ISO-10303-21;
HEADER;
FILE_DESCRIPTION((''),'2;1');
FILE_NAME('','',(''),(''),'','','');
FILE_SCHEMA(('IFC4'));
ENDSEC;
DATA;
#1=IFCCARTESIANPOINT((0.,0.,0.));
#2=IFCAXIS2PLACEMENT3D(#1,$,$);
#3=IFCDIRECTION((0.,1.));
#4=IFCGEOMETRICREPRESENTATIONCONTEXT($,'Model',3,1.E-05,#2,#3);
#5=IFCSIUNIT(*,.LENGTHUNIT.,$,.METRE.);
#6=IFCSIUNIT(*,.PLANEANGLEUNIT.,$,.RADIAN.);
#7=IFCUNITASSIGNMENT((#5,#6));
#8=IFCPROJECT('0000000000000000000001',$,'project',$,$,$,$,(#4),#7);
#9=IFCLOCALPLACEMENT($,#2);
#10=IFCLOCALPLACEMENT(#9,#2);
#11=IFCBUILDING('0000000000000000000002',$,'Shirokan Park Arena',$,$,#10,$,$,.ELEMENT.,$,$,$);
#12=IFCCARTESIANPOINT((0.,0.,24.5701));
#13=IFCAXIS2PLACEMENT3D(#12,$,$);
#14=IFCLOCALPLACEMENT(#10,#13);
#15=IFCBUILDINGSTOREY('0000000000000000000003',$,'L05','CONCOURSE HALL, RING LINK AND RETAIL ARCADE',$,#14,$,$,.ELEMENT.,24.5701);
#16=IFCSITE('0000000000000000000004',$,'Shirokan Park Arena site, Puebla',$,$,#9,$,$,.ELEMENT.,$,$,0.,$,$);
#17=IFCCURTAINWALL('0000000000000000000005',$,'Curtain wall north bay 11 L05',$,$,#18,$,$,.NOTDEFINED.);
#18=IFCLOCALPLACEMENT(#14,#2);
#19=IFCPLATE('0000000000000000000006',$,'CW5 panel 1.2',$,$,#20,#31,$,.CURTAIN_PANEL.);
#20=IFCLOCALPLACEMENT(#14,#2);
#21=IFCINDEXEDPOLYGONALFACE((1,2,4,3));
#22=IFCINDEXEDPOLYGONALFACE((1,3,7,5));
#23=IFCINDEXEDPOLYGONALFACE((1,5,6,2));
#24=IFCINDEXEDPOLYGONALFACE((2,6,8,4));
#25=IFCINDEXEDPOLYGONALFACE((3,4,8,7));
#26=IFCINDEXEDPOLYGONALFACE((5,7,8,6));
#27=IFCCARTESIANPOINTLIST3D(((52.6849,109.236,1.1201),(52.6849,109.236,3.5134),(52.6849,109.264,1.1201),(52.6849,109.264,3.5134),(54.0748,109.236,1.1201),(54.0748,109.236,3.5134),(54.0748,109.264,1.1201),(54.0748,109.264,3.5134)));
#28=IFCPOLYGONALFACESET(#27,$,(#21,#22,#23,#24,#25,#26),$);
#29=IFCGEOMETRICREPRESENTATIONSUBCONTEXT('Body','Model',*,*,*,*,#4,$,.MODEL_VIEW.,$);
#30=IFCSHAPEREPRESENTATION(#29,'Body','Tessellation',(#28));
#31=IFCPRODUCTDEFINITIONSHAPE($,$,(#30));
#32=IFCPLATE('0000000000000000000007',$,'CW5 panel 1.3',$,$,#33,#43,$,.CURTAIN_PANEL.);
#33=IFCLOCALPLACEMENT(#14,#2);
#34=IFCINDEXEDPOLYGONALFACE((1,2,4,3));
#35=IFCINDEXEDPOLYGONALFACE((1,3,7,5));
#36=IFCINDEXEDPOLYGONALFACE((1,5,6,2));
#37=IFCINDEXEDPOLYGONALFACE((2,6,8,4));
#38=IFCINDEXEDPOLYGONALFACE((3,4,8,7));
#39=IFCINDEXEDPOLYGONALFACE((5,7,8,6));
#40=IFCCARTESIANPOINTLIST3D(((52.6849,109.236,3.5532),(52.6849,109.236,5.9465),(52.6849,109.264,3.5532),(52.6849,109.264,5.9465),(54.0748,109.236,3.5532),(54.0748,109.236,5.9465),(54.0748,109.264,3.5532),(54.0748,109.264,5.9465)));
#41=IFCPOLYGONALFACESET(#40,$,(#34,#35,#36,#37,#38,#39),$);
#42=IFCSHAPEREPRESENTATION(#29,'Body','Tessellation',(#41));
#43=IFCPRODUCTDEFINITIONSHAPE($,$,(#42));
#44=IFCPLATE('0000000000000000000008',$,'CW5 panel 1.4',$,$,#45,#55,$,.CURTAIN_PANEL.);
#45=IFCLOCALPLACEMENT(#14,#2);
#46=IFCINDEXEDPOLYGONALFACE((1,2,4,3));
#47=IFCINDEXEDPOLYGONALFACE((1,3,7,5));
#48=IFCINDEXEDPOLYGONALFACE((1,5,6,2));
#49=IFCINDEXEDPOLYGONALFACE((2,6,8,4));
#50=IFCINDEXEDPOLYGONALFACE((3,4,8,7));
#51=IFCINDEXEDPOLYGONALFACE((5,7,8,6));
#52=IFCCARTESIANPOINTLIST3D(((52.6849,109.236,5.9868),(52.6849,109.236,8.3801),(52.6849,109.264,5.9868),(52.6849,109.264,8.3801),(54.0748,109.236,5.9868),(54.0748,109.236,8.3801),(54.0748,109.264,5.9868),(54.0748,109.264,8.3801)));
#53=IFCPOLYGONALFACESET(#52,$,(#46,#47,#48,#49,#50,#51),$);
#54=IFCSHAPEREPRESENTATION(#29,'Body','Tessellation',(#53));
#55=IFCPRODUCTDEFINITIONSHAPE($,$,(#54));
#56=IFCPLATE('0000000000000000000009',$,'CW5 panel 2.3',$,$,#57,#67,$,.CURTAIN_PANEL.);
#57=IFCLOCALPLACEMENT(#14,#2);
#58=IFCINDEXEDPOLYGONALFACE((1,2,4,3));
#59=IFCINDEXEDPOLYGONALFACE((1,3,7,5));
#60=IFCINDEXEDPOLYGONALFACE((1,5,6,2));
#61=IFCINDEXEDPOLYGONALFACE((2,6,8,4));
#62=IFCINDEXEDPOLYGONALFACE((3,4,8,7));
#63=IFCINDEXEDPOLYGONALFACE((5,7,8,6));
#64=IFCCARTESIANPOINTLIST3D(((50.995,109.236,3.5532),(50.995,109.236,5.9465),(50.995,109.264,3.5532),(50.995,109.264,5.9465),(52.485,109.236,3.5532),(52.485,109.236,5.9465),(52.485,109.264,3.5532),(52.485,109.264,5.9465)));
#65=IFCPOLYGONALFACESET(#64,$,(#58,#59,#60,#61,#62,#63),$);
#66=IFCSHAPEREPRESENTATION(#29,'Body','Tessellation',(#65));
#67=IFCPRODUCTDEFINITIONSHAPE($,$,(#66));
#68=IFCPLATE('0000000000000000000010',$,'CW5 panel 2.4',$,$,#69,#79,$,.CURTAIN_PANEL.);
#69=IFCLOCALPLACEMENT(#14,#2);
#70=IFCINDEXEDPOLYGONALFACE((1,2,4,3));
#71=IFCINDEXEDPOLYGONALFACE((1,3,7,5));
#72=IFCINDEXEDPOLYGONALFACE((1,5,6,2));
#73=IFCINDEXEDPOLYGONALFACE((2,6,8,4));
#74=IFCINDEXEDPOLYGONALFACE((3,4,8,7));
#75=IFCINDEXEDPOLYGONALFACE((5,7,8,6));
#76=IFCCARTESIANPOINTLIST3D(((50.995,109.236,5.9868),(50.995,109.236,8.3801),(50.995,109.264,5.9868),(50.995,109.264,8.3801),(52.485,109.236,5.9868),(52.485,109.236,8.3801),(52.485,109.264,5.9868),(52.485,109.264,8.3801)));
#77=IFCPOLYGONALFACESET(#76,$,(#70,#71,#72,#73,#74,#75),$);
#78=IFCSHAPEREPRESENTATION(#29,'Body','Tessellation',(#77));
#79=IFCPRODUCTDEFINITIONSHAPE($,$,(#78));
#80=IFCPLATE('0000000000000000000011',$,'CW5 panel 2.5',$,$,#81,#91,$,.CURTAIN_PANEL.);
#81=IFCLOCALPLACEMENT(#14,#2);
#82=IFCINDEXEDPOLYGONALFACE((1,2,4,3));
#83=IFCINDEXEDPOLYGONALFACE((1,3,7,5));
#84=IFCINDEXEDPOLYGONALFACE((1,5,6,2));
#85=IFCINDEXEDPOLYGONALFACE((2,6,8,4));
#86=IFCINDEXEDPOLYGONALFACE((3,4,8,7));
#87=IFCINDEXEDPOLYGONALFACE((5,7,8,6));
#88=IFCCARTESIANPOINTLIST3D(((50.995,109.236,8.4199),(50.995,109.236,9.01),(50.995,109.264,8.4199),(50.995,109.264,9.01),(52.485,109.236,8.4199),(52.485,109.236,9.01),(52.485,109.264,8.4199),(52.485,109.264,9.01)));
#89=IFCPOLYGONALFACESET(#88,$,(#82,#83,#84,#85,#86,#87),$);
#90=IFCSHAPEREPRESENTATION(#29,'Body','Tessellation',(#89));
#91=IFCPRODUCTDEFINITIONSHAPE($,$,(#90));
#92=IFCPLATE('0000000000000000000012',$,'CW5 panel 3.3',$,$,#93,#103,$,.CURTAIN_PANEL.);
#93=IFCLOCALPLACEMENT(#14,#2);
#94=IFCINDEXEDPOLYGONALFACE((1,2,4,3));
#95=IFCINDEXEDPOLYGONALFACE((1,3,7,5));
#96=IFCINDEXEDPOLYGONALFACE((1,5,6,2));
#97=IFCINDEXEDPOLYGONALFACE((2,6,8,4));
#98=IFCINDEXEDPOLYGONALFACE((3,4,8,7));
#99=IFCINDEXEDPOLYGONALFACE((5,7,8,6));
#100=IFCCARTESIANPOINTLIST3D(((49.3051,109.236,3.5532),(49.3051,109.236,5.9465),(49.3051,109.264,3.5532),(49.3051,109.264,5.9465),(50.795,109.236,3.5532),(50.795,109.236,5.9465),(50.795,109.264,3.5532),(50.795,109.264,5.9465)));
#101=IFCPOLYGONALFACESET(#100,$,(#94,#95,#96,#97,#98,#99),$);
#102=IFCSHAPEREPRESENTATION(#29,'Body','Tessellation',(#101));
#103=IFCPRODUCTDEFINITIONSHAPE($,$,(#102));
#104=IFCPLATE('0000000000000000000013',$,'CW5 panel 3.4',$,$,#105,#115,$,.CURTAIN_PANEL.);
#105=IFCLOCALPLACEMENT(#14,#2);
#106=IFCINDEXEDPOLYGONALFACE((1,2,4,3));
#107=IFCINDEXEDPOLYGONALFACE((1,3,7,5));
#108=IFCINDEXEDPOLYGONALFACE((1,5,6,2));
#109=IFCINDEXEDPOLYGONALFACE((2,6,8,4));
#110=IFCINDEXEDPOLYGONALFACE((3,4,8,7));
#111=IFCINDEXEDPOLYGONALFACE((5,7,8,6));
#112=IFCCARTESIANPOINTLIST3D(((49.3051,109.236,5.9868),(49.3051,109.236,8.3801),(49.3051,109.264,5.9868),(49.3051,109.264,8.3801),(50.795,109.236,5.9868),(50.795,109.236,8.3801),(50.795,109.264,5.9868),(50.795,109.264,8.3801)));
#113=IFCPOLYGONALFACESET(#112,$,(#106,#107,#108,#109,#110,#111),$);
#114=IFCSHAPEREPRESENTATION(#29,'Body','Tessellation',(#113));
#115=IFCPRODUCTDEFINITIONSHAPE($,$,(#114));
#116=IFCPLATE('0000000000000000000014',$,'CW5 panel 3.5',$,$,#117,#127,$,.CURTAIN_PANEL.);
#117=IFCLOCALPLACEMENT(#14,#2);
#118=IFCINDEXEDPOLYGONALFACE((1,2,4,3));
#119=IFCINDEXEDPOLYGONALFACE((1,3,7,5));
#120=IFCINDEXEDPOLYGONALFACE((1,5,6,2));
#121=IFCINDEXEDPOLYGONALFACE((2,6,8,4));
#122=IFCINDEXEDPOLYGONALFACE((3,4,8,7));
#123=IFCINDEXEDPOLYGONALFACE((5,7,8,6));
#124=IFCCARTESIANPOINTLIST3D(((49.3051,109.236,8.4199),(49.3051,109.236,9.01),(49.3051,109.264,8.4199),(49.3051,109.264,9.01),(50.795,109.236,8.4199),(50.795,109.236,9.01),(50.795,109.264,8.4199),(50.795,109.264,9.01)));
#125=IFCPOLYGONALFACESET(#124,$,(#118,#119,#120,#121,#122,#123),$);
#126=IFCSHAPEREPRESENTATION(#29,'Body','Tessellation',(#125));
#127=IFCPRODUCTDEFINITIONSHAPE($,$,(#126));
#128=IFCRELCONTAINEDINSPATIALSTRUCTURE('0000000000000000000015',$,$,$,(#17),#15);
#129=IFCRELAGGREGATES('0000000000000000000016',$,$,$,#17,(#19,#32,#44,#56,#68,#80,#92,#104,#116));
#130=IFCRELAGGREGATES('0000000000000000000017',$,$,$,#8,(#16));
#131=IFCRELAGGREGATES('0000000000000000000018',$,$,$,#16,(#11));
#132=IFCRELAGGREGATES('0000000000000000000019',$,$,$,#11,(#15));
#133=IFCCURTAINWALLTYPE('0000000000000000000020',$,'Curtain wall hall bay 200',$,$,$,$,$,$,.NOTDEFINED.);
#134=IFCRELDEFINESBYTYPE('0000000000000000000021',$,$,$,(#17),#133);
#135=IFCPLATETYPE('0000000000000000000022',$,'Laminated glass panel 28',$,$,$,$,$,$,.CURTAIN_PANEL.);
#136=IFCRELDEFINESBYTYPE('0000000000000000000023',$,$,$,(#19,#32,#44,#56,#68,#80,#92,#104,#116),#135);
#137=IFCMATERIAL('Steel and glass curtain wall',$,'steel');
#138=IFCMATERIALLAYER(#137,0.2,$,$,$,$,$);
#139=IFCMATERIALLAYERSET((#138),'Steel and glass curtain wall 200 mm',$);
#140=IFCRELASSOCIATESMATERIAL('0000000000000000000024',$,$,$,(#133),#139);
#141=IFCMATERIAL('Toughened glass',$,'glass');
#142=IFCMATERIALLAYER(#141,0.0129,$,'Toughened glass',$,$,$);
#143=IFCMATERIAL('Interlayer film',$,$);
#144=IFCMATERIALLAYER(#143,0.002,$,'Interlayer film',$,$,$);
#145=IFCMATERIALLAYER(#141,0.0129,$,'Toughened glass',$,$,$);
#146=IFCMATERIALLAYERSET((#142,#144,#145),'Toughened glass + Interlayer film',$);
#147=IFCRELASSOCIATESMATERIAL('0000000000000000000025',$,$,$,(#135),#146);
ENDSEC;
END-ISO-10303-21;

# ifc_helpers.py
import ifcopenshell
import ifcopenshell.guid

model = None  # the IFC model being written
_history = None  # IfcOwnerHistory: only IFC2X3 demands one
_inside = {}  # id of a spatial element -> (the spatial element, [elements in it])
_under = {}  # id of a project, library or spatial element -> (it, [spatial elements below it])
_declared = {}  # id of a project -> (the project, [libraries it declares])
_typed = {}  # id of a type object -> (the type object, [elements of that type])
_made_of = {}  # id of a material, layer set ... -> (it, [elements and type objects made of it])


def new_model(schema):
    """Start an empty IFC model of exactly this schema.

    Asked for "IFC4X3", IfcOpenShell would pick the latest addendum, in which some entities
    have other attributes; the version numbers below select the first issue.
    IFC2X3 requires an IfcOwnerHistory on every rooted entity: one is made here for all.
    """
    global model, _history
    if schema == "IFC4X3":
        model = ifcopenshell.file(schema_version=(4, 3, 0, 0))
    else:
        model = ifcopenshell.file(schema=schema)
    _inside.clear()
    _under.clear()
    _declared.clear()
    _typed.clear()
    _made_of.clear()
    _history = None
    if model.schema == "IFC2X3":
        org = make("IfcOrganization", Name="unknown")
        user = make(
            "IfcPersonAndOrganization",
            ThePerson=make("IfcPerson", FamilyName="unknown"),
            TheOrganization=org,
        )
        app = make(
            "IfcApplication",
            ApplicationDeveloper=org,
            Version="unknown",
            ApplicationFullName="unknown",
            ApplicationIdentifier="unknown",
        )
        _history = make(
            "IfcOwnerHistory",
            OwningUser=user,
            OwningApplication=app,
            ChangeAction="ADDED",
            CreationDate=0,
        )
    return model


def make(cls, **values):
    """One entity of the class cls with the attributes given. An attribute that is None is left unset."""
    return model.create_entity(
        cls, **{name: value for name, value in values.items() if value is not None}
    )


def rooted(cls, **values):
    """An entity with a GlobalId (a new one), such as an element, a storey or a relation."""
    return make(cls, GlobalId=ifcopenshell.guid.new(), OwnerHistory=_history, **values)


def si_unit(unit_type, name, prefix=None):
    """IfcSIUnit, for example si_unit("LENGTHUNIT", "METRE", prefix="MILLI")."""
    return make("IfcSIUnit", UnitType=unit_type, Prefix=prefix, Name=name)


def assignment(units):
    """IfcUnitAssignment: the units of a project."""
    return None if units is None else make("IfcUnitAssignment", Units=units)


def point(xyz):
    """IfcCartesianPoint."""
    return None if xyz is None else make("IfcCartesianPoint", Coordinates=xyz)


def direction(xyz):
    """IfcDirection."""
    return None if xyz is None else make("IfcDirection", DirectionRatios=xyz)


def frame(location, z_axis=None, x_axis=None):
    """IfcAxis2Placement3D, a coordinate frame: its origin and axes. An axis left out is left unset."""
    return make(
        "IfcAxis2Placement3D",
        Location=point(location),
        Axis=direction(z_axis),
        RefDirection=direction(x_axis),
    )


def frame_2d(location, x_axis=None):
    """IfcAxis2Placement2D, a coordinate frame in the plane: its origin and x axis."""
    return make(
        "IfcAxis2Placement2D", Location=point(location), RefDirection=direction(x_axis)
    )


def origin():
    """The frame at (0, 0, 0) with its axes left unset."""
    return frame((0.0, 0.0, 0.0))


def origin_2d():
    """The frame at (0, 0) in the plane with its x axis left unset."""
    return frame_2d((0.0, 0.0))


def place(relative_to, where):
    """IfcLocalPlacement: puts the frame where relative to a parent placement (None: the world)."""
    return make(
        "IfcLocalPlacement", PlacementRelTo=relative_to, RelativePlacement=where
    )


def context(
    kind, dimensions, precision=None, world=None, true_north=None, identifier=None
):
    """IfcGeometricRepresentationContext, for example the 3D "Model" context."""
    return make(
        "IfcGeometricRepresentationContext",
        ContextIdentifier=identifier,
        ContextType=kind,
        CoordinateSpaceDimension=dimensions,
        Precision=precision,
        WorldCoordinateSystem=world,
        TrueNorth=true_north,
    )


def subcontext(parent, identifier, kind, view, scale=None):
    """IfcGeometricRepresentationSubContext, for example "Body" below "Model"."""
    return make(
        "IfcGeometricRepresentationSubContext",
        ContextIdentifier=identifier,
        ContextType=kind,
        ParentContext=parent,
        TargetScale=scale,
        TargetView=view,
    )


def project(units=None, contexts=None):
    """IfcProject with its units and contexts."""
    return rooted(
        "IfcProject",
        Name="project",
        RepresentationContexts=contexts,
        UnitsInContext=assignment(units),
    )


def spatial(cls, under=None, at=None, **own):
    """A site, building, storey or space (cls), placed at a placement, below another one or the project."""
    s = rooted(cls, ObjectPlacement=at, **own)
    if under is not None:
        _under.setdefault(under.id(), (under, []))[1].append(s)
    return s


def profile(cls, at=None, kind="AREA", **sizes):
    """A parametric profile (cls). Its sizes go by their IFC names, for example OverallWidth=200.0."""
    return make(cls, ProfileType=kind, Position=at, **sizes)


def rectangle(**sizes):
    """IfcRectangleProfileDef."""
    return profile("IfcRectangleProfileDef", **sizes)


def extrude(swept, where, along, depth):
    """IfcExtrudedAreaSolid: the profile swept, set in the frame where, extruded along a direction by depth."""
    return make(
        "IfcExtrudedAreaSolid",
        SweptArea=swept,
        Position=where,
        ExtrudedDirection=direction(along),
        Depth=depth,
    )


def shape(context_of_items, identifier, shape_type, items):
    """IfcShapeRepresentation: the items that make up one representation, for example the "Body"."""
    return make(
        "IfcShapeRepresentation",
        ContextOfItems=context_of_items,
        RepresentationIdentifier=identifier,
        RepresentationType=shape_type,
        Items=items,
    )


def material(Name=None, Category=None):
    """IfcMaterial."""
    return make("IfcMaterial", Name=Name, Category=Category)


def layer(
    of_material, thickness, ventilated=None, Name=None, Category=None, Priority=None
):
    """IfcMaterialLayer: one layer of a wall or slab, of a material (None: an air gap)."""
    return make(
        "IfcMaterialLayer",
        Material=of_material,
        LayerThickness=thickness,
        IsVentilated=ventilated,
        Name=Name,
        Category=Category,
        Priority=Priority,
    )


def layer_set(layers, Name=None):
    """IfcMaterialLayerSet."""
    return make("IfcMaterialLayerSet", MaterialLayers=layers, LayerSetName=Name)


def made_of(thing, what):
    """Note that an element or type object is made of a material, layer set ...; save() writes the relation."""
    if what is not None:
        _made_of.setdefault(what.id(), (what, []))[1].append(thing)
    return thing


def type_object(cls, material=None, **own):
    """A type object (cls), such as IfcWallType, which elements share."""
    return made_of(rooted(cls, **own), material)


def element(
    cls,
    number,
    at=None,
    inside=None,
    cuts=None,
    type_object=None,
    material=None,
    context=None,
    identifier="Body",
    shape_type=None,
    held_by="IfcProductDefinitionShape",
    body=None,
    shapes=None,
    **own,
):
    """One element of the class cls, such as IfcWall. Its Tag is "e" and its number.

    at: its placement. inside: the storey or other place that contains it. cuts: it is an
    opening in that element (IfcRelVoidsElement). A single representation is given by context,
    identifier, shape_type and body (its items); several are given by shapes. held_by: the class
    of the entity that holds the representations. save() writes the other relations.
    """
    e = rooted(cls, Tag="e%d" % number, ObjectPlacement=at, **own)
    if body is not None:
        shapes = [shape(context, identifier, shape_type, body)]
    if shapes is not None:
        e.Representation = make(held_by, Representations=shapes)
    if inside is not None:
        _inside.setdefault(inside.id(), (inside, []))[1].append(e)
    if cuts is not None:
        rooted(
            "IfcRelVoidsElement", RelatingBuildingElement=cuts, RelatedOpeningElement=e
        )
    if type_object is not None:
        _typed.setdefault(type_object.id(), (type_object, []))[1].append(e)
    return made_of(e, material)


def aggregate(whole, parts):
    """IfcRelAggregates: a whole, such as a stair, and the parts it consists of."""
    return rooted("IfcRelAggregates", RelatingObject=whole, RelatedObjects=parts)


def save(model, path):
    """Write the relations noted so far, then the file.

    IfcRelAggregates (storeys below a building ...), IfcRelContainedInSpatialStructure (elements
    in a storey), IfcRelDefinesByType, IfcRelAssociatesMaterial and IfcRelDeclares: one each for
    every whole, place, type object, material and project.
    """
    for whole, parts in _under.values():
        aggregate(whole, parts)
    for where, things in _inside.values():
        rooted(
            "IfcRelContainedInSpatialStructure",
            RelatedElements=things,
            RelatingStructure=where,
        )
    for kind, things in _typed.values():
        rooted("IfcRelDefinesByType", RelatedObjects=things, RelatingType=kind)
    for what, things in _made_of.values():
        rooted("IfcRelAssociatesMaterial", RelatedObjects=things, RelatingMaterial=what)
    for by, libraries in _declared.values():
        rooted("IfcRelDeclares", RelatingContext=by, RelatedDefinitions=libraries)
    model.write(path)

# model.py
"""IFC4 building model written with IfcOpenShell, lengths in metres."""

from ifc_helpers import new_model, si_unit, direction, frame, origin, origin_2d, place, context, subcontext, project, spatial, rectangle, extrude, material, layer, layer_set, type_object, element, aggregate, save


model = new_model("IFC4")

# Units and contexts
model_context = context("Model", 3, precision=1e-05, world=origin(), true_north=direction((0.0, 1.0)))
body_context = subcontext(model_context, "Body", "Model", "MODEL_VIEW")
ifc_project = project(units=[si_unit("LENGTHUNIT", "METRE"), si_unit("PLANEANGLEUNIT", "RADIAN")], contexts=[model_context])

# Site, building, storey
site_placement = place(None, origin())
site = spatial("IfcSite", under=ifc_project, at=site_placement, Name="Shirokan Park Arena site, Puebla", CompositionType="ELEMENT", RefElevation=0.0)
building_placement = place(site_placement, origin())
building = spatial("IfcBuilding", under=site, at=building_placement, Name="Shirokan Park Arena", CompositionType="ELEMENT")
storey_placement = place(building_placement, frame((0.0, 0.0, 24.5701)))
storey = spatial("IfcBuildingStorey", under=building, at=storey_placement, Name="L05", Description="CONCOURSE HALL, RING LINK AND RETAIL ARCADE", CompositionType="ELEMENT", Elevation=24.5701)

# Curtain wall, plates
ifc_material_1 = material(Name="Steel and glass curtain wall", Category="steel")
ifc_layer_1 = layer(ifc_material_1, 0.2)
ifc_layer_set_1 = layer_set([ifc_layer_1], Name="Steel and glass curtain wall 200 mm")
curtain_wall_type = type_object("IfcCurtainWallType", Name="Curtain wall hall bay 200", PredefinedType="NOTDEFINED", material=ifc_layer_set_1)
curtain_wall_placement = place(storey_placement, origin())
curtain_wall = element("IfcCurtainWall", 1, at=curtain_wall_placement, inside=storey, type_object=curtain_wall_type, Name="Curtain wall north bay 11 L05", PredefinedType="NOTDEFINED")
ifc_material_2 = material(Name="Toughened glass", Category="glass")
ifc_layer_2 = layer(ifc_material_2, 0.0129, Name="Toughened glass")
ifc_material_3 = material(Name="Interlayer film")
ifc_layer_3 = layer(ifc_material_3, 0.002, Name="Interlayer film")
ifc_layer_4 = layer(ifc_material_2, 0.0129, Name="Toughened glass")
ifc_layer_set_2 = layer_set([ifc_layer_2, ifc_layer_3, ifc_layer_4], Name="Toughened glass + Interlayer film")
plate_type = type_object("IfcPlateType", Name="Laminated glass panel 28", PredefinedType="CURTAIN_PANEL", material=ifc_layer_set_2)
plate_1_placement = place(storey_placement, frame((53.3799, 109.25, 1.1201), z_axis=(0.0, 0.0, 1.0), x_axis=(-1.0, 0.0, 0.0)))
plate_1 = element("IfcPlate", 2, at=plate_1_placement, type_object=plate_type, Name="CW5 panel 1.2", PredefinedType="CURTAIN_PANEL", context=body_context, shape_type="SweptSolid", body=[
    extrude(rectangle(XDim=1.3899, YDim=0.0281, at=origin_2d()), origin(), (0.0, 0.0, 1.0), 2.3933),
])
plate_2_placement = place(storey_placement, frame((53.3799, 109.25, 3.5532), z_axis=(0.0, 0.0, 1.0), x_axis=(-1.0, 0.0, 0.0)))
plate_2 = element("IfcPlate", 3, at=plate_2_placement, type_object=plate_type, Name="CW5 panel 1.3", PredefinedType="CURTAIN_PANEL", context=body_context, shape_type="SweptSolid", body=[
    extrude(rectangle(XDim=1.3899, YDim=0.0281, at=origin_2d()), origin(), (0.0, 0.0, 1.0), 2.3933),
])
plate_3_placement = place(storey_placement, frame((53.3799, 109.25, 5.9868), z_axis=(0.0, 0.0, 1.0), x_axis=(-1.0, 0.0, 0.0)))
plate_3 = element("IfcPlate", 4, at=plate_3_placement, type_object=plate_type, Name="CW5 panel 1.4", PredefinedType="CURTAIN_PANEL", context=body_context, shape_type="SweptSolid", body=[
    extrude(rectangle(XDim=1.3899, YDim=0.0281, at=origin_2d()), origin(), (0.0, 0.0, 1.0), 2.3933),
])
plate_4_placement = place(storey_placement, frame((51.74, 109.25, 3.5532), z_axis=(0.0, 0.0, 1.0), x_axis=(-1.0, 0.0, 0.0)))
plate_4 = element("IfcPlate", 5, at=plate_4_placement, type_object=plate_type, Name="CW5 panel 2.3", PredefinedType="CURTAIN_PANEL", context=body_context, shape_type="SweptSolid", body=[
    extrude(rectangle(XDim=1.49, YDim=0.0281, at=origin_2d()), origin(), (0.0, 0.0, 1.0), 2.3933),
])
plate_5_placement = place(storey_placement, frame((51.74, 109.25, 5.9868), z_axis=(0.0, 0.0, 1.0), x_axis=(-1.0, 0.0, 0.0)))
plate_5 = element("IfcPlate", 6, at=plate_5_placement, type_object=plate_type, Name="CW5 panel 2.4", PredefinedType="CURTAIN_PANEL", context=body_context, shape_type="SweptSolid", body=[
    extrude(rectangle(XDim=1.49, YDim=0.0281, at=origin_2d()), origin(), (0.0, 0.0, 1.0), 2.3933),
])
plate_6_placement = place(storey_placement, frame((51.74, 109.25, 8.4199), z_axis=(0.0, 0.0, 1.0), x_axis=(-1.0, 0.0, 0.0)))
plate_6 = element("IfcPlate", 7, at=plate_6_placement, type_object=plate_type, Name="CW5 panel 2.5", PredefinedType="CURTAIN_PANEL", context=body_context, shape_type="SweptSolid", body=[
    extrude(rectangle(XDim=1.49, YDim=0.0281, at=origin_2d()), origin(), (0.0, 0.0, 1.0), 0.5901),
])
plate_7_placement = place(storey_placement, frame((50.05, 109.25, 3.5532), z_axis=(0.0, 0.0, 1.0), x_axis=(-1.0, 0.0, 0.0)))
plate_7 = element("IfcPlate", 8, at=plate_7_placement, type_object=plate_type, Name="CW5 panel 3.3", PredefinedType="CURTAIN_PANEL", context=body_context, shape_type="SweptSolid", body=[
    extrude(rectangle(XDim=1.49, YDim=0.0281, at=origin_2d()), origin(), (0.0, 0.0, 1.0), 2.3933),
])
plate_8_placement = place(storey_placement, frame((50.05, 109.25, 5.9868), z_axis=(0.0, 0.0, 1.0), x_axis=(-1.0, 0.0, 0.0)))
plate_8 = element("IfcPlate", 9, at=plate_8_placement, type_object=plate_type, Name="CW5 panel 3.4", PredefinedType="CURTAIN_PANEL", context=body_context, shape_type="SweptSolid", body=[
    extrude(rectangle(XDim=1.49, YDim=0.0281, at=origin_2d()), origin(), (0.0, 0.0, 1.0), 2.3933),
])
plate_9_placement = place(storey_placement, frame((50.05, 109.25, 8.4199), z_axis=(0.0, 0.0, 1.0), x_axis=(-1.0, 0.0, 0.0)))
plate_9 = element("IfcPlate", 10, at=plate_9_placement, type_object=plate_type, Name="CW5 panel 3.5", PredefinedType="CURTAIN_PANEL", context=body_context, shape_type="SweptSolid", body=[
    extrude(rectangle(XDim=1.49, YDim=0.0281, at=origin_2d()), origin(), (0.0, 0.0, 1.0), 0.5901),
])
aggregate(curtain_wall, [plate_1, plate_2, plate_3, plate_4, plate_5, plate_6, plate_7, plate_8, plate_9])

save(model, "model.ifc")
